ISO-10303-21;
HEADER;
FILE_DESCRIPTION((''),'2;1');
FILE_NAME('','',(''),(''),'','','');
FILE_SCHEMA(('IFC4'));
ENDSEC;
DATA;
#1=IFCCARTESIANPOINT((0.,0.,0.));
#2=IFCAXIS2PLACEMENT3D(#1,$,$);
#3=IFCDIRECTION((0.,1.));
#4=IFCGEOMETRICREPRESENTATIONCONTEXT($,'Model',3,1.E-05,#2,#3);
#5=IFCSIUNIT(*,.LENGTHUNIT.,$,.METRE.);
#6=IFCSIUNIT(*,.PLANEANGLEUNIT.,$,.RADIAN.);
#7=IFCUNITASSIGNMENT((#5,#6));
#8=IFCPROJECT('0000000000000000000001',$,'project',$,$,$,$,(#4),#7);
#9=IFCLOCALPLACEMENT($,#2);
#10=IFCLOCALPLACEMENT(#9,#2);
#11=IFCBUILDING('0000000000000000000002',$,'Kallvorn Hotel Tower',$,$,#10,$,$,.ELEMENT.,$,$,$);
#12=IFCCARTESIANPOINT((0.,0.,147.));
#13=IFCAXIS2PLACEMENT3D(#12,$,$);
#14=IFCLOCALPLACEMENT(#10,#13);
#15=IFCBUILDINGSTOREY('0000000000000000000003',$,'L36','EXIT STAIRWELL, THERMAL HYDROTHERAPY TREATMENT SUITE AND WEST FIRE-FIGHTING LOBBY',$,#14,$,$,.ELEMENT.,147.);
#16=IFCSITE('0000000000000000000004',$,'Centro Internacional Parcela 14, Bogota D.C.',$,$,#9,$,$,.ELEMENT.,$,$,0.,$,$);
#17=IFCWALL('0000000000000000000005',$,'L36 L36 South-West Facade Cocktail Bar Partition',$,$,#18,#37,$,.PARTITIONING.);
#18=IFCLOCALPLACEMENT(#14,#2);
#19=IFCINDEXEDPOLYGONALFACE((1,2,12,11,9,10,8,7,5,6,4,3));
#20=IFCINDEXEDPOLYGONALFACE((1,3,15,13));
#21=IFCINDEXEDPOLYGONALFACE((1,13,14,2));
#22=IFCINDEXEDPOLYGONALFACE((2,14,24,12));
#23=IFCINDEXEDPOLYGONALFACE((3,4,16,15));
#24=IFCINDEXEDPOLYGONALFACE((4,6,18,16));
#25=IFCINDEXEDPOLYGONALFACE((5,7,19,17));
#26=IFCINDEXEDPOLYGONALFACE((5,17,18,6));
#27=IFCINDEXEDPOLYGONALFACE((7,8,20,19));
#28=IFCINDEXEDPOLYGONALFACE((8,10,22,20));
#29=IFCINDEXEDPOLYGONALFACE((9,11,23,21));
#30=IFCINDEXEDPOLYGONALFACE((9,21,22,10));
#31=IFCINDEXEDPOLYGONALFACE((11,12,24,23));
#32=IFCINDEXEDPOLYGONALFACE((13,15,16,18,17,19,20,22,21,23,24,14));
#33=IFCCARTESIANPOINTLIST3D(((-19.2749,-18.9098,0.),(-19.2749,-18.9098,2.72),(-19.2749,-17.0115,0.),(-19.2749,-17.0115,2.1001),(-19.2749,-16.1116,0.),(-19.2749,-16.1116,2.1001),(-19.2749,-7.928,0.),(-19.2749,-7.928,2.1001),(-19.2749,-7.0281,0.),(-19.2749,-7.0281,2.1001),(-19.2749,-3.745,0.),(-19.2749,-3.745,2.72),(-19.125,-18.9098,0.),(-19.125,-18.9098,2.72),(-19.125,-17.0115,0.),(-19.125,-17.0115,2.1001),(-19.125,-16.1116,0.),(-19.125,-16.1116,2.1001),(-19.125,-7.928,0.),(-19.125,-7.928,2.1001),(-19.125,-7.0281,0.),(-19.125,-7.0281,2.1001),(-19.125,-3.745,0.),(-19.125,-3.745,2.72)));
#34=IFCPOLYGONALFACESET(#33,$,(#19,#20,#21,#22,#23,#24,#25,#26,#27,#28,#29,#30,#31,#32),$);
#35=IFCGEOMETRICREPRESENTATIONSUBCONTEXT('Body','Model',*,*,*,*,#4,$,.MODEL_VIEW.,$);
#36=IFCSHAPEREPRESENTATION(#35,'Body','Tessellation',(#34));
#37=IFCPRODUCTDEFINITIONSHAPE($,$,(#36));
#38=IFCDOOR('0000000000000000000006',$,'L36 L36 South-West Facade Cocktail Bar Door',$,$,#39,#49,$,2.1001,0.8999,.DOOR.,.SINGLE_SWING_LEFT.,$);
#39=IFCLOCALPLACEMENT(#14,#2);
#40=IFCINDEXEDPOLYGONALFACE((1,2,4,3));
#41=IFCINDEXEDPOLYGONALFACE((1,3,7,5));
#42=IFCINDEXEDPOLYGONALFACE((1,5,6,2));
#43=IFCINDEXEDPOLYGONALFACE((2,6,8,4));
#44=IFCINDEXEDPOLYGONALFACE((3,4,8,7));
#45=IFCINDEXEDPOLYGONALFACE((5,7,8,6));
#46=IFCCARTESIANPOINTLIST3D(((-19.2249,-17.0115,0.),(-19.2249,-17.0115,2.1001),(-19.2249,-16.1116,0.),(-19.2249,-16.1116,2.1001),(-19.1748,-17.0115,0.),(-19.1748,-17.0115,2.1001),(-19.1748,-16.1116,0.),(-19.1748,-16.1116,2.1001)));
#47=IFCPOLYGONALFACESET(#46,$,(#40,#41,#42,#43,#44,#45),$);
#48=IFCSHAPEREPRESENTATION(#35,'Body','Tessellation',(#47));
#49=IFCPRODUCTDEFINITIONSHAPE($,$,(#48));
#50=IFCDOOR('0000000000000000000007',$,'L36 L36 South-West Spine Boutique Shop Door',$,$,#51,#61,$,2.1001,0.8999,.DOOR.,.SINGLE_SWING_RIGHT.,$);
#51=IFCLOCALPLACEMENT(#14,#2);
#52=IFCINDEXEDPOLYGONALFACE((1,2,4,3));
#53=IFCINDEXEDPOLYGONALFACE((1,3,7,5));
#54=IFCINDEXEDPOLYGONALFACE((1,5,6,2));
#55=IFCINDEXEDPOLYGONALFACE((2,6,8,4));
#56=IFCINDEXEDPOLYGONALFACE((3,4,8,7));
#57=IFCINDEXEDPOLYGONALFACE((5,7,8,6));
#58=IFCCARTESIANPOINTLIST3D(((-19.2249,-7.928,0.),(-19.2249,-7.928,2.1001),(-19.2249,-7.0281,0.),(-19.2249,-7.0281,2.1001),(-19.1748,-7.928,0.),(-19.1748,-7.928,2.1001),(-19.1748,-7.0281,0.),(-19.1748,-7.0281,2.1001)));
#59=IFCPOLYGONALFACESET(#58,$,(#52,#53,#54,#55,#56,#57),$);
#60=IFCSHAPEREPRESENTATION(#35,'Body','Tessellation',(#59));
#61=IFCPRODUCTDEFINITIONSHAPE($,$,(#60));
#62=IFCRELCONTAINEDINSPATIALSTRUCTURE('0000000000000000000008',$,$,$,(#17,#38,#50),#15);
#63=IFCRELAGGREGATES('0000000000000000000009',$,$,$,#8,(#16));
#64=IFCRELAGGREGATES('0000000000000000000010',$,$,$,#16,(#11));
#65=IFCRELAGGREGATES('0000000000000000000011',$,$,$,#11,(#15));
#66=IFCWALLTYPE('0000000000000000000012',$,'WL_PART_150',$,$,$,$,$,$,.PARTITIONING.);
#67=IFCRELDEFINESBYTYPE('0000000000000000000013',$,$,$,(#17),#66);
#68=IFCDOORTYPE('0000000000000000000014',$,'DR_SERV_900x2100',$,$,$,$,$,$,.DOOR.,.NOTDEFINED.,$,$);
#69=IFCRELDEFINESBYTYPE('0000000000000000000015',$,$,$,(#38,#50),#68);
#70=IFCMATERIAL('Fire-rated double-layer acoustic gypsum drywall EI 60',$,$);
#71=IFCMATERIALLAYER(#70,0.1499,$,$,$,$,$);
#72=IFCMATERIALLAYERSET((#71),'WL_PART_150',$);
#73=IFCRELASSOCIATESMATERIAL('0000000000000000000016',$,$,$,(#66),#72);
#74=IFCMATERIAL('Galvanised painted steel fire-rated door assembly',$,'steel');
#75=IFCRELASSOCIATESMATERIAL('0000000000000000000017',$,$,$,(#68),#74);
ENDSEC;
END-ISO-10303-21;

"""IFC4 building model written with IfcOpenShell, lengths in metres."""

from ifc_helpers import new_model, si_unit, direction, frame, frame_2d, origin, place, context, subcontext, project, spatial, rectangle, extrude, material, layer, layer_set, type_object, element, fill, save


model = new_model("IFC4")

# Units and contexts
model_context = context("Model", 3, precision=1e-05, world=origin(), true_north=direction((0.0, 1.0)))
body_context = subcontext(model_context, "Body", "Model", "MODEL_VIEW")
ifc_project = project(units=[si_unit("LENGTHUNIT", "METRE"), si_unit("PLANEANGLEUNIT", "RADIAN")], contexts=[model_context])

# Site, building, storey
site_placement = place(None, origin())
site = spatial("IfcSite", under=ifc_project, at=site_placement, Name="Centro Internacional Parcela 14, Bogota D.C.", CompositionType="ELEMENT", RefElevation=0.0)
building_placement = place(site_placement, origin())
building = spatial("IfcBuilding", under=site, at=building_placement, Name="Kallvorn Hotel Tower", CompositionType="ELEMENT")
storey_placement = place(building_placement, frame((0.0, 0.0, 147.0)))
storey = spatial("IfcBuildingStorey", under=building, at=storey_placement, Name="L36", Description="EXIT STAIRWELL, THERMAL HYDROTHERAPY TREATMENT SUITE AND WEST FIRE-FIGHTING LOBBY", CompositionType="ELEMENT", Elevation=147.0)

# Wall, openings, doors
ifc_material_1 = material(Name="Fire-rated double-layer acoustic gypsum drywall EI 60")
ifc_layer_1 = layer(ifc_material_1, 0.1499)
ifc_layer_set_1 = layer_set([ifc_layer_1], Name="WL_PART_150")
wall_type_1 = type_object("IfcWallType", Name="WL_PART_150", PredefinedType="PARTITIONING", material=ifc_layer_set_1)
wall_1_placement = place(storey_placement, frame((-19.2, -18.9099, 0.0), z_axis=(0.0, 0.0, 1.0), x_axis=(0.0, 1.0, 0.0)))
wall_1 = element("IfcWall", 1, at=wall_1_placement, inside=storey, type_object=wall_type_1, Name="L36 L36 South-West Facade Cocktail Bar Partition", PredefinedType="PARTITIONING", context=body_context, shape_type="SweptSolid", body=[
    extrude(rectangle(XDim=15.1648, YDim=0.1499, at=frame_2d((7.5825, 0.0))), origin(), (0.0, 0.0, 1.0), 2.72),
])
opening_1_placement = place(wall_1_placement, frame((1.8984, 0.0, 0.0)))
opening_1 = element("IfcOpeningElement", 2, at=opening_1_placement, cuts=wall_1, PredefinedType="OPENING", context=body_context, shape_type="SweptSolid", body=[
    extrude(rectangle(XDim=0.8999, YDim=2.1001, at=frame_2d((0.45, 1.05))), frame((0.0, 0.0898, 0.0), z_axis=(0.0, -1.0, 0.0), x_axis=(1.0, 0.0, 0.0)), (0.0, 0.0, 1.0), 0.1799),
])
opening_2_placement = place(wall_1_placement, frame((10.9819, 0.0, 0.0)))
opening_2 = element("IfcOpeningElement", 3, at=opening_2_placement, cuts=wall_1, PredefinedType="OPENING", context=body_context, shape_type="SweptSolid", body=[
    extrude(rectangle(XDim=0.8999, YDim=2.1001, at=frame_2d((0.45, 1.05))), frame((0.0, 0.0898, 0.0), z_axis=(0.0, -1.0, 0.0), x_axis=(1.0, 0.0, 0.0)), (0.0, 0.0, 1.0), 0.1799),
])
ifc_material_2 = material(Name="Galvanised painted steel fire-rated door assembly", Category="steel")
door_type = type_object("IfcDoorType", Name="DR_SERV_900x2100", OperationType="NOTDEFINED", PredefinedType="DOOR", material=ifc_material_2)
door_1_placement = place(opening_1_placement, origin())
door_1 = element("IfcDoor", 4, at=door_1_placement, inside=storey, type_object=door_type, Name="L36 L36 South-West Facade Cocktail Bar Door", OperationType="SINGLE_SWING_LEFT", OverallHeight=2.1001, OverallWidth=0.8999, PredefinedType="DOOR", context=body_context, shape_type="SweptSolid", body=[
    extrude(rectangle(XDim=0.8999, YDim=2.1001, at=frame_2d((0.45, 1.05))), frame((0.0, 0.0249, 0.0), z_axis=(0.0, -1.0, 0.0), x_axis=(1.0, 0.0, 0.0)), (0.0, 0.0, 1.0), 0.05),
])
fill(opening_1, door_1)
door_2_placement = place(opening_2_placement, origin())
door_2 = element("IfcDoor", 5, at=door_2_placement, inside=storey, type_object=door_type, Name="L36 L36 South-West Spine Boutique Shop Door", OperationType="SINGLE_SWING_RIGHT", OverallHeight=2.1001, OverallWidth=0.8999, PredefinedType="DOOR", context=body_context, shape_type="SweptSolid", body=[
    extrude(rectangle(XDim=0.8999, YDim=2.1001, at=frame_2d((0.45, 1.05))), frame((0.0, 0.0249, 0.0), z_axis=(0.0, -1.0, 0.0), x_axis=(1.0, 0.0, 0.0)), (0.0, 0.0, 1.0), 0.05),
])
fill(opening_2, door_2)

save(model, "model.ifc")
